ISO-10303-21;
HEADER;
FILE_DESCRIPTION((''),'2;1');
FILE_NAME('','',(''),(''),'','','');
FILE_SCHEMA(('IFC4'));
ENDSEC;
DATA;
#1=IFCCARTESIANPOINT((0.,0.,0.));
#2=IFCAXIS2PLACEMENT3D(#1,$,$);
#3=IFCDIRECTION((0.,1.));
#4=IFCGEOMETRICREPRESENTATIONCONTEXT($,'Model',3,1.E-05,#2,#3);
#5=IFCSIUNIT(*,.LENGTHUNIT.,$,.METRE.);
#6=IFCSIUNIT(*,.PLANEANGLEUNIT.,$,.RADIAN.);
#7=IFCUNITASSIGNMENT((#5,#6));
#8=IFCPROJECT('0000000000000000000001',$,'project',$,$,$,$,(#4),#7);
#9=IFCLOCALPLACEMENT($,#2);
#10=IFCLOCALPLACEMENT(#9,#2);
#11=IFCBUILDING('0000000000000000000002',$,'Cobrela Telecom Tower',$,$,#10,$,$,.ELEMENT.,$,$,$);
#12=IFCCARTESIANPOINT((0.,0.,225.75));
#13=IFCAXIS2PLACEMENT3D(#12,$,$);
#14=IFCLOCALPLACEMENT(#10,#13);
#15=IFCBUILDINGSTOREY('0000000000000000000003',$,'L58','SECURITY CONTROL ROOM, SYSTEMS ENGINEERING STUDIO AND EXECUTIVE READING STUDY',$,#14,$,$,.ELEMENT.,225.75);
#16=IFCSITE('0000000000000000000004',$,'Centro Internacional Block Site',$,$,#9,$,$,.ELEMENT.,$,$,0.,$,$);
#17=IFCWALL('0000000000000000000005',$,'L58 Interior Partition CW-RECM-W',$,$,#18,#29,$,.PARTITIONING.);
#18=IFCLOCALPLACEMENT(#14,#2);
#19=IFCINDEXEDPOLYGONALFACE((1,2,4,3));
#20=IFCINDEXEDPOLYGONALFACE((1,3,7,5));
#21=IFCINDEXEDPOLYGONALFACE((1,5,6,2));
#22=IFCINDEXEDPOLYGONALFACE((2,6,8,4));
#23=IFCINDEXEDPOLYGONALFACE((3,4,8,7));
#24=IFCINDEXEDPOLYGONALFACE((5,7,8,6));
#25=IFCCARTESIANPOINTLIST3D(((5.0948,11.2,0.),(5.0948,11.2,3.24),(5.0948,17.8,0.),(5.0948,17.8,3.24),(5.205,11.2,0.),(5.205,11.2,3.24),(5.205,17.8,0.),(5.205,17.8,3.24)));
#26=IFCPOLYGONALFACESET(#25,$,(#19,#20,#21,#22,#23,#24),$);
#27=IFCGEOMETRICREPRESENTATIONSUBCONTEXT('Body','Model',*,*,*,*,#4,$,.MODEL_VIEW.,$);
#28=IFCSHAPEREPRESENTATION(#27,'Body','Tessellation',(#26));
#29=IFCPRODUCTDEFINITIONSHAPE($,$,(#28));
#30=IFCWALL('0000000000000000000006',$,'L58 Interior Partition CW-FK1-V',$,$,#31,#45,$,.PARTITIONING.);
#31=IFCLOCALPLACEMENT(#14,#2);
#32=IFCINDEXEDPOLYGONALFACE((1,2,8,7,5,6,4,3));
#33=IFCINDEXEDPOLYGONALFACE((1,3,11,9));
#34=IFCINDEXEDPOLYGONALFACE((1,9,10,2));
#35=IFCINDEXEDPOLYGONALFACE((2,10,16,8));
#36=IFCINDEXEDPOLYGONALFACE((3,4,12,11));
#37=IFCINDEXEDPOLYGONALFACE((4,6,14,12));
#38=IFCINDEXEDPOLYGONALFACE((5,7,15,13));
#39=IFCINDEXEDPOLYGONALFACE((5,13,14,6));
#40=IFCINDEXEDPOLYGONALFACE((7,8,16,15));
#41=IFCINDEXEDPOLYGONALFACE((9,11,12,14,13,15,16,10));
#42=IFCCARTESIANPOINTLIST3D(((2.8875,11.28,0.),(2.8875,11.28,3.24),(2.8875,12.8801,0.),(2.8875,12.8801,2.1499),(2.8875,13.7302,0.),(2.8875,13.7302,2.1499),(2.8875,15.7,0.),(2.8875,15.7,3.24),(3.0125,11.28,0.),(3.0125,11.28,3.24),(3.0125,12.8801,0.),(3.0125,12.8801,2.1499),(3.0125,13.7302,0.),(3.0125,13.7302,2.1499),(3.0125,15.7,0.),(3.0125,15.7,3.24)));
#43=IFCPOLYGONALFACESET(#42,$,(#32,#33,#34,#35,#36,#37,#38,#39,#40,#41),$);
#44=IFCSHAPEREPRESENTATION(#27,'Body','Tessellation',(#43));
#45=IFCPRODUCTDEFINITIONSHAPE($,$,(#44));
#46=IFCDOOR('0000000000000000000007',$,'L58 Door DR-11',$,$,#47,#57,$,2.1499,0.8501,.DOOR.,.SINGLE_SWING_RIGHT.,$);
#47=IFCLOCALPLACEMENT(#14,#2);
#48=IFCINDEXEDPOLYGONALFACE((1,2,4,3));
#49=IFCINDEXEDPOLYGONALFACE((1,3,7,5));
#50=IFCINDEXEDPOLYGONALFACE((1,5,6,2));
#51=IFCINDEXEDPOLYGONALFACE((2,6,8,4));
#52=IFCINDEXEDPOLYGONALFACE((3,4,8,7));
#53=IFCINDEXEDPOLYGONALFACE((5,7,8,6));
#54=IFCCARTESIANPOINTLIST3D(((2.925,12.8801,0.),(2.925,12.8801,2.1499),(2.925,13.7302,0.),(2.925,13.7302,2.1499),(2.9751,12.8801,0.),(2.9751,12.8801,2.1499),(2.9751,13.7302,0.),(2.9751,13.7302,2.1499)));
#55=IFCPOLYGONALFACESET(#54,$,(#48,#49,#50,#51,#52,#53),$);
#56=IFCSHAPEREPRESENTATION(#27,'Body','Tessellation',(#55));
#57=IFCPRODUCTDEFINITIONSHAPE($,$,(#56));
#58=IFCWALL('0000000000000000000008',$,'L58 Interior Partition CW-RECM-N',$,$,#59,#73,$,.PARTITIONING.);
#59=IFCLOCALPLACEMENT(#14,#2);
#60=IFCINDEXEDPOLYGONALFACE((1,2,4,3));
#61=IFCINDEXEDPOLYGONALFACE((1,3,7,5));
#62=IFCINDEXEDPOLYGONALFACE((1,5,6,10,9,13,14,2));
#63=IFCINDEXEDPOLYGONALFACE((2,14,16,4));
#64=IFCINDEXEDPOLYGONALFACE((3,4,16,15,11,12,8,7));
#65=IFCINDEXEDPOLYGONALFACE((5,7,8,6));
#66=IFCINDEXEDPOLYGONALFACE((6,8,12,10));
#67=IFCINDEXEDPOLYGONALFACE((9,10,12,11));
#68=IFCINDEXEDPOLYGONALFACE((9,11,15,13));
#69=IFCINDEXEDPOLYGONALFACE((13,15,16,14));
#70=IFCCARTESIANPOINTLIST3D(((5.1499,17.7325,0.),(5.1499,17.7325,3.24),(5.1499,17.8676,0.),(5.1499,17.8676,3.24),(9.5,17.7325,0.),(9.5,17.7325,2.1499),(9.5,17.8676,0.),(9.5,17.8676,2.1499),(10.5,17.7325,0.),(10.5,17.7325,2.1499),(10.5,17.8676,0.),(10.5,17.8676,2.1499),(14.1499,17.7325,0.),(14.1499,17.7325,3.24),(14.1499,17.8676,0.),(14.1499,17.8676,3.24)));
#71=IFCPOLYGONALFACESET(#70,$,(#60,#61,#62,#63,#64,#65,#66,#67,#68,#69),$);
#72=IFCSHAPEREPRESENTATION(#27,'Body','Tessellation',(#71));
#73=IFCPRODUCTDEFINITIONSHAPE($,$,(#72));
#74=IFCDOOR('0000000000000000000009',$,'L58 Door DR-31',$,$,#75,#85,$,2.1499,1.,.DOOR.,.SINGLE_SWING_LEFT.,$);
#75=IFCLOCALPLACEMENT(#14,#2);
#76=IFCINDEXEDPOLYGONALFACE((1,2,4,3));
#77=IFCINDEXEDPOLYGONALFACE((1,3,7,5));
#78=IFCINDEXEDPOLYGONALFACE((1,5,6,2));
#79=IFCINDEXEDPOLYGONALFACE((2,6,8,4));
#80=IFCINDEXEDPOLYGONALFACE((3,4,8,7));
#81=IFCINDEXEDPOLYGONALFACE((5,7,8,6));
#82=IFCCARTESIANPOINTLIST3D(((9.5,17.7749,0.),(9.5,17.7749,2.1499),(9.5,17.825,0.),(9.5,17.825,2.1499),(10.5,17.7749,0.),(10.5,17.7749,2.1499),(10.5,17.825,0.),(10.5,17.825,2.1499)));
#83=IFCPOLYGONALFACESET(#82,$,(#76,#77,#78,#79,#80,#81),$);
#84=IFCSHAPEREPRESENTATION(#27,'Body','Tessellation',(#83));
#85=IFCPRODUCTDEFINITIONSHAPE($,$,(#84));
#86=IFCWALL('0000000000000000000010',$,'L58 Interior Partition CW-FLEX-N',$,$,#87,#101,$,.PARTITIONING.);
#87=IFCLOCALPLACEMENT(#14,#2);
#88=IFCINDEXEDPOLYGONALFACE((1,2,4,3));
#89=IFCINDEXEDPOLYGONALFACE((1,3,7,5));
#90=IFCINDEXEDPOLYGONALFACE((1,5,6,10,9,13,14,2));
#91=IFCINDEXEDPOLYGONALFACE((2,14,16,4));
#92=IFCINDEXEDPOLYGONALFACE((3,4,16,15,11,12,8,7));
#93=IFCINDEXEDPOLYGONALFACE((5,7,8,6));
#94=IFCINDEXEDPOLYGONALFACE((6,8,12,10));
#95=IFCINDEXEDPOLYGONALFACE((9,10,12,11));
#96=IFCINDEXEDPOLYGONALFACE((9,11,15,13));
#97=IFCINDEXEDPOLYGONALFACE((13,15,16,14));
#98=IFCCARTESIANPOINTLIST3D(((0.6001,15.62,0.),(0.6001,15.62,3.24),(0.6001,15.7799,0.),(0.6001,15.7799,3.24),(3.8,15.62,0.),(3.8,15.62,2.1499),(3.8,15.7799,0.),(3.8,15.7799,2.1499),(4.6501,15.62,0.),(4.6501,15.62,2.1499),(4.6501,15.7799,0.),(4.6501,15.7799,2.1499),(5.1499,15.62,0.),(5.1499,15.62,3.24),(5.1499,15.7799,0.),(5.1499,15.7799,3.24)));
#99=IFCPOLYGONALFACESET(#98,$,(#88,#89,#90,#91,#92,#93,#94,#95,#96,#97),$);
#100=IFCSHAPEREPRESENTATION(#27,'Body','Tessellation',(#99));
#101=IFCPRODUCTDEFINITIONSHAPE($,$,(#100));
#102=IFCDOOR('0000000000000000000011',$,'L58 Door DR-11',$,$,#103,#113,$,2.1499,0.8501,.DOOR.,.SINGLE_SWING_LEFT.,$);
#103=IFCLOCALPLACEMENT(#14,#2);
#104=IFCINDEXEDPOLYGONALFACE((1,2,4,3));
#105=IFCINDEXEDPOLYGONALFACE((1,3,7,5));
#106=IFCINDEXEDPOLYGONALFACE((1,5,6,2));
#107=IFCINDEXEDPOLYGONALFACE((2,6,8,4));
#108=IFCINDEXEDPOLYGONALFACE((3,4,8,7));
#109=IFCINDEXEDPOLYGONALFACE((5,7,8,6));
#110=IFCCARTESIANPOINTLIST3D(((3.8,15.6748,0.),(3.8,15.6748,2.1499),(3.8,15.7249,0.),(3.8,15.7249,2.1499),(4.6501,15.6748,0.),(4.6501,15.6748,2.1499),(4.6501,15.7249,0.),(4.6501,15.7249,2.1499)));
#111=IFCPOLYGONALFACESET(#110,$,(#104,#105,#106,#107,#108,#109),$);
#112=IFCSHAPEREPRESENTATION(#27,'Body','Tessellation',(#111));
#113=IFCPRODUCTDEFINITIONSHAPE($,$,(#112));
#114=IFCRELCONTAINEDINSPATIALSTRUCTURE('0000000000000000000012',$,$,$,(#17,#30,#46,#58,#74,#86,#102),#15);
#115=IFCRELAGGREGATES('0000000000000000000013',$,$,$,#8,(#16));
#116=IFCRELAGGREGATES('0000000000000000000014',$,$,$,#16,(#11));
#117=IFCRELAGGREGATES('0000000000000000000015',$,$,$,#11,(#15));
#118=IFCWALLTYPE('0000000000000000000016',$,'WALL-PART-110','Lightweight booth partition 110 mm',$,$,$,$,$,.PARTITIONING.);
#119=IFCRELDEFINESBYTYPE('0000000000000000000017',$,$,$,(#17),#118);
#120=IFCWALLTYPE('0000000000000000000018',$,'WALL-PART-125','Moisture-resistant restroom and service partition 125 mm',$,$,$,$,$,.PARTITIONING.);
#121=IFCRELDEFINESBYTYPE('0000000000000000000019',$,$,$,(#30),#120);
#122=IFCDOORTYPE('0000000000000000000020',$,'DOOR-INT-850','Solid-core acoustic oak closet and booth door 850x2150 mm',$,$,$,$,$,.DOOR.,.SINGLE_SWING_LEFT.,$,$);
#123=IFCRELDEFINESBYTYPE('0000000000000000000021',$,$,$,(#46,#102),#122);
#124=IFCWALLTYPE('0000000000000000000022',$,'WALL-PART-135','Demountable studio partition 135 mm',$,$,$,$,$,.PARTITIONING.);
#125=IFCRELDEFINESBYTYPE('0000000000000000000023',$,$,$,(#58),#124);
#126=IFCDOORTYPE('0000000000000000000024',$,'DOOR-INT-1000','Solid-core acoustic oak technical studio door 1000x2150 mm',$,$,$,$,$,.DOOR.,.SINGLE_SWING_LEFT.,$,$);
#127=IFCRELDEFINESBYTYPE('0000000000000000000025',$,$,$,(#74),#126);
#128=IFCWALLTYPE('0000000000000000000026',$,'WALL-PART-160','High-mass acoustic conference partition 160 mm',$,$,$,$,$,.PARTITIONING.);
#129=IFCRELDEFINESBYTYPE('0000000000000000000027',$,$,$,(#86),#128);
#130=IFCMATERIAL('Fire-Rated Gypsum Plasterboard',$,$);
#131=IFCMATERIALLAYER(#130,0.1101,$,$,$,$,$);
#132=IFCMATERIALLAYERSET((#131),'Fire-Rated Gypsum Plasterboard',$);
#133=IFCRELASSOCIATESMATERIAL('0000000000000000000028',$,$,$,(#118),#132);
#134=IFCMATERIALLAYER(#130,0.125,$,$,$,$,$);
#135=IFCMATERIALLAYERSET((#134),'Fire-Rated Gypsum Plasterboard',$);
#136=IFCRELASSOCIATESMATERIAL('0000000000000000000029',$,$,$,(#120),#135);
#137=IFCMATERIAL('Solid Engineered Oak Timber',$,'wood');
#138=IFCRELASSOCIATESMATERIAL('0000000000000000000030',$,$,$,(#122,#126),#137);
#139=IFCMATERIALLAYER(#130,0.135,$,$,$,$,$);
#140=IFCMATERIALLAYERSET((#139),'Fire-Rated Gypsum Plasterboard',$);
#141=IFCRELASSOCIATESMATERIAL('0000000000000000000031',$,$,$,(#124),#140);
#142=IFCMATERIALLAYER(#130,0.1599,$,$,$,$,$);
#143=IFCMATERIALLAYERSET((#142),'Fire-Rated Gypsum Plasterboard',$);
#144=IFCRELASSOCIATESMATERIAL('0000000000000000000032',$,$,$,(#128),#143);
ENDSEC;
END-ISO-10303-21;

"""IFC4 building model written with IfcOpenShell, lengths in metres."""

from ifc_helpers import new_model, si_unit, direction, frame, frame_2d, origin, place, context, subcontext, project, spatial, rectangle, extrude, material, layer, layer_set, type_object, element, fill, save


model = new_model("IFC4")

# Units and contexts
model_context = context("Model", 3, precision=1e-05, world=origin(), true_north=direction((0.0, 1.0)))
body_context = subcontext(model_context, "Body", "Model", "MODEL_VIEW")
ifc_project = project(units=[si_unit("LENGTHUNIT", "METRE"), si_unit("PLANEANGLEUNIT", "RADIAN")], contexts=[model_context])

# Site, building, storey
site_placement = place(None, origin())
site = spatial("IfcSite", under=ifc_project, at=site_placement, Name="Centro Internacional Block Site", CompositionType="ELEMENT", RefElevation=0.0)
building_placement = place(site_placement, origin())
building = spatial("IfcBuilding", under=site, at=building_placement, Name="Cobrela Telecom Tower", CompositionType="ELEMENT")
storey_placement = place(building_placement, frame((0.0, 0.0, 225.75)))
storey = spatial("IfcBuildingStorey", under=building, at=storey_placement, Name="L58", Description="SECURITY CONTROL ROOM, SYSTEMS ENGINEERING STUDIO AND EXECUTIVE READING STUDY", CompositionType="ELEMENT", Elevation=225.75)

# Wall
ifc_material_1 = material(Name="Fire-Rated Gypsum Plasterboard")
ifc_layer_1 = layer(ifc_material_1, 0.1101)
ifc_layer_set_1 = layer_set([ifc_layer_1], Name="Fire-Rated Gypsum Plasterboard")
wall_type_1 = type_object("IfcWallType", Name="WALL-PART-110", Description="Lightweight booth partition 110 mm", PredefinedType="PARTITIONING", material=ifc_layer_set_1)
wall_1_placement = place(storey_placement, frame((5.1499, 11.2, 0.0), z_axis=(0.0, 0.0, 1.0), x_axis=(0.0, 1.0, 0.0)))
element("IfcWall", 1, at=wall_1_placement, inside=storey, type_object=wall_type_1, Name="L58 Interior Partition CW-RECM-W", PredefinedType="PARTITIONING", context=body_context, shape_type="SweptSolid", body=[
    extrude(rectangle(XDim=6.6001, YDim=0.1101, at=frame_2d((3.3, 0.0))), origin(), (0.0, 0.0, 1.0), 3.24),
])

# Walls, openings, doors
ifc_layer_2 = layer(ifc_material_1, 0.125)
ifc_layer_set_2 = layer_set([ifc_layer_2], Name="Fire-Rated Gypsum Plasterboard")
wall_type_2 = type_object("IfcWallType", Name="WALL-PART-125", Description="Moisture-resistant restroom and service partition 125 mm", PredefinedType="PARTITIONING", material=ifc_layer_set_2)
wall_2_placement = place(storey_placement, frame((2.95, 11.28, 0.0), z_axis=(0.0, 0.0, 1.0), x_axis=(0.0, 1.0, 0.0)))
wall_2 = element("IfcWall", 2, at=wall_2_placement, inside=storey, type_object=wall_type_2, Name="L58 Interior Partition CW-FK1-V", PredefinedType="PARTITIONING", context=body_context, shape_type="SweptSolid", body=[
    extrude(rectangle(XDim=4.4199, YDim=0.125, at=frame_2d((2.21, 0.0))), origin(), (0.0, 0.0, 1.0), 3.24),
])
opening_1_placement = place(wall_2_placement, frame((1.6001, 0.0, 0.0)))
opening_1 = element("IfcOpeningElement", 3, at=opening_1_placement, cuts=wall_2, PredefinedType="OPENING", context=body_context, shape_type="SweptSolid", body=[
    extrude(rectangle(XDim=0.8501, YDim=2.1499, at=frame_2d((0.425, 1.075))), frame((0.0, 0.0745, 0.0), z_axis=(0.0, -1.0, 0.0), x_axis=(1.0, 0.0, 0.0)), (0.0, 0.0, 1.0), 0.1489),
])
ifc_material_2 = material(Name="Solid Engineered Oak Timber", Category="wood")
door_type_1 = type_object("IfcDoorType", Name="DOOR-INT-850", Description="Solid-core acoustic oak closet and booth door 850x2150 mm", OperationType="SINGLE_SWING_LEFT", PredefinedType="DOOR", material=ifc_material_2)
door_1_placement = place(opening_1_placement, origin())
door_1 = element("IfcDoor", 4, at=door_1_placement, inside=storey, type_object=door_type_1, Name="L58 Door DR-11", OperationType="SINGLE_SWING_RIGHT", OverallHeight=2.1499, OverallWidth=0.8501, PredefinedType="DOOR", context=body_context, shape_type="SweptSolid", body=[
    extrude(rectangle(XDim=0.8501, YDim=2.1499, at=frame_2d((0.425, 1.075))), frame((0.0, 0.0249, 0.0), z_axis=(0.0, -1.0, 0.0), x_axis=(1.0, 0.0, 0.0)), (0.0, 0.0, 1.0), 0.05),
])
fill(opening_1, door_1)
ifc_layer_3 = layer(ifc_material_1, 0.135)
ifc_layer_set_3 = layer_set([ifc_layer_3], Name="Fire-Rated Gypsum Plasterboard")
wall_type_3 = type_object("IfcWallType", Name="WALL-PART-135", Description="Demountable studio partition 135 mm", PredefinedType="PARTITIONING", material=ifc_layer_set_3)
wall_3_placement = place(storey_placement, frame((5.1499, 17.8, 0.0), z_axis=(0.0, 0.0, 1.0), x_axis=(1.0, 0.0, 0.0)))
wall_3 = element("IfcWall", 5, at=wall_3_placement, inside=storey, type_object=wall_type_3, Name="L58 Interior Partition CW-RECM-N", PredefinedType="PARTITIONING", context=body_context, shape_type="SweptSolid", body=[
    extrude(rectangle(XDim=9.0, YDim=0.135, at=frame_2d((4.5, 0.0))), origin(), (0.0, 0.0, 1.0), 3.24),
])
opening_2_placement = place(wall_3_placement, frame((4.3501, 0.0, 0.0)))
opening_2 = element("IfcOpeningElement", 6, at=opening_2_placement, cuts=wall_3, PredefinedType="OPENING", context=body_context, shape_type="SweptSolid", body=[
    extrude(rectangle(XDim=1.0, YDim=2.1499, at=frame_2d((0.5, 1.075))), frame((0.0, 0.0796, 0.0), z_axis=(0.0, -1.0, 0.0), x_axis=(1.0, 0.0, 0.0)), (0.0, 0.0, 1.0), 0.1589),
])
door_type_2 = type_object("IfcDoorType", Name="DOOR-INT-1000", Description="Solid-core acoustic oak technical studio door 1000x2150 mm", OperationType="SINGLE_SWING_LEFT", PredefinedType="DOOR", material=ifc_material_2)
door_2_placement = place(opening_2_placement, origin())
door_2 = element("IfcDoor", 7, at=door_2_placement, inside=storey, type_object=door_type_2, Name="L58 Door DR-31", OperationType="SINGLE_SWING_LEFT", OverallHeight=2.1499, OverallWidth=1.0, PredefinedType="DOOR", context=body_context, shape_type="SweptSolid", body=[
    extrude(rectangle(XDim=1.0, YDim=2.1499, at=frame_2d((0.5, 1.075))), frame((0.0, 0.0249, 0.0), z_axis=(0.0, -1.0, 0.0), x_axis=(1.0, 0.0, 0.0)), (0.0, 0.0, 1.0), 0.05),
])
fill(opening_2, door_2)
ifc_layer_4 = layer(ifc_material_1, 0.1599)
ifc_layer_set_4 = layer_set([ifc_layer_4], Name="Fire-Rated Gypsum Plasterboard")
wall_type_4 = type_object("IfcWallType", Name="WALL-PART-160", Description="High-mass acoustic conference partition 160 mm", PredefinedType="PARTITIONING", material=ifc_layer_set_4)
wall_4_placement = place(storey_placement, frame((0.6001, 15.7, 0.0), z_axis=(0.0, 0.0, 1.0), x_axis=(1.0, 0.0, 0.0)))
wall_4 = element("IfcWall", 8, at=wall_4_placement, inside=storey, type_object=wall_type_4, Name="L58 Interior Partition CW-FLEX-N", PredefinedType="PARTITIONING", context=body_context, shape_type="SweptSolid", body=[
    extrude(rectangle(XDim=4.5498, YDim=0.1599, at=frame_2d((2.2749, 0.0))), origin(), (0.0, 0.0, 1.0), 3.24),
])
opening_3_placement = place(wall_4_placement, frame((3.2, 0.0, 0.0)))
opening_3 = element("IfcOpeningElement", 9, at=opening_3_placement, cuts=wall_4, PredefinedType="OPENING", context=body_context, shape_type="SweptSolid", body=[
    extrude(rectangle(XDim=0.8501, YDim=2.1499, at=frame_2d((0.425, 1.075))), frame((0.0, 0.0918, 0.0), z_axis=(0.0, -1.0, 0.0), x_axis=(1.0, 0.0, 0.0)), (0.0, 0.0, 1.0), 0.1838),
])
door_3_placement = place(opening_3_placement, origin())
door_3 = element("IfcDoor", 10, at=door_3_placement, inside=storey, type_object=door_type_1, Name="L58 Door DR-11", OperationType="SINGLE_SWING_LEFT", OverallHeight=2.1499, OverallWidth=0.8501, PredefinedType="DOOR", context=body_context, shape_type="SweptSolid", body=[
    extrude(rectangle(XDim=0.8501, YDim=2.1499, at=frame_2d((0.425, 1.075))), frame((0.0, 0.0249, 0.0), z_axis=(0.0, -1.0, 0.0), x_axis=(1.0, 0.0, 0.0)), (0.0, 0.0, 1.0), 0.05),
])
fill(opening_3, door_3)

save(model, "model.ifc")
